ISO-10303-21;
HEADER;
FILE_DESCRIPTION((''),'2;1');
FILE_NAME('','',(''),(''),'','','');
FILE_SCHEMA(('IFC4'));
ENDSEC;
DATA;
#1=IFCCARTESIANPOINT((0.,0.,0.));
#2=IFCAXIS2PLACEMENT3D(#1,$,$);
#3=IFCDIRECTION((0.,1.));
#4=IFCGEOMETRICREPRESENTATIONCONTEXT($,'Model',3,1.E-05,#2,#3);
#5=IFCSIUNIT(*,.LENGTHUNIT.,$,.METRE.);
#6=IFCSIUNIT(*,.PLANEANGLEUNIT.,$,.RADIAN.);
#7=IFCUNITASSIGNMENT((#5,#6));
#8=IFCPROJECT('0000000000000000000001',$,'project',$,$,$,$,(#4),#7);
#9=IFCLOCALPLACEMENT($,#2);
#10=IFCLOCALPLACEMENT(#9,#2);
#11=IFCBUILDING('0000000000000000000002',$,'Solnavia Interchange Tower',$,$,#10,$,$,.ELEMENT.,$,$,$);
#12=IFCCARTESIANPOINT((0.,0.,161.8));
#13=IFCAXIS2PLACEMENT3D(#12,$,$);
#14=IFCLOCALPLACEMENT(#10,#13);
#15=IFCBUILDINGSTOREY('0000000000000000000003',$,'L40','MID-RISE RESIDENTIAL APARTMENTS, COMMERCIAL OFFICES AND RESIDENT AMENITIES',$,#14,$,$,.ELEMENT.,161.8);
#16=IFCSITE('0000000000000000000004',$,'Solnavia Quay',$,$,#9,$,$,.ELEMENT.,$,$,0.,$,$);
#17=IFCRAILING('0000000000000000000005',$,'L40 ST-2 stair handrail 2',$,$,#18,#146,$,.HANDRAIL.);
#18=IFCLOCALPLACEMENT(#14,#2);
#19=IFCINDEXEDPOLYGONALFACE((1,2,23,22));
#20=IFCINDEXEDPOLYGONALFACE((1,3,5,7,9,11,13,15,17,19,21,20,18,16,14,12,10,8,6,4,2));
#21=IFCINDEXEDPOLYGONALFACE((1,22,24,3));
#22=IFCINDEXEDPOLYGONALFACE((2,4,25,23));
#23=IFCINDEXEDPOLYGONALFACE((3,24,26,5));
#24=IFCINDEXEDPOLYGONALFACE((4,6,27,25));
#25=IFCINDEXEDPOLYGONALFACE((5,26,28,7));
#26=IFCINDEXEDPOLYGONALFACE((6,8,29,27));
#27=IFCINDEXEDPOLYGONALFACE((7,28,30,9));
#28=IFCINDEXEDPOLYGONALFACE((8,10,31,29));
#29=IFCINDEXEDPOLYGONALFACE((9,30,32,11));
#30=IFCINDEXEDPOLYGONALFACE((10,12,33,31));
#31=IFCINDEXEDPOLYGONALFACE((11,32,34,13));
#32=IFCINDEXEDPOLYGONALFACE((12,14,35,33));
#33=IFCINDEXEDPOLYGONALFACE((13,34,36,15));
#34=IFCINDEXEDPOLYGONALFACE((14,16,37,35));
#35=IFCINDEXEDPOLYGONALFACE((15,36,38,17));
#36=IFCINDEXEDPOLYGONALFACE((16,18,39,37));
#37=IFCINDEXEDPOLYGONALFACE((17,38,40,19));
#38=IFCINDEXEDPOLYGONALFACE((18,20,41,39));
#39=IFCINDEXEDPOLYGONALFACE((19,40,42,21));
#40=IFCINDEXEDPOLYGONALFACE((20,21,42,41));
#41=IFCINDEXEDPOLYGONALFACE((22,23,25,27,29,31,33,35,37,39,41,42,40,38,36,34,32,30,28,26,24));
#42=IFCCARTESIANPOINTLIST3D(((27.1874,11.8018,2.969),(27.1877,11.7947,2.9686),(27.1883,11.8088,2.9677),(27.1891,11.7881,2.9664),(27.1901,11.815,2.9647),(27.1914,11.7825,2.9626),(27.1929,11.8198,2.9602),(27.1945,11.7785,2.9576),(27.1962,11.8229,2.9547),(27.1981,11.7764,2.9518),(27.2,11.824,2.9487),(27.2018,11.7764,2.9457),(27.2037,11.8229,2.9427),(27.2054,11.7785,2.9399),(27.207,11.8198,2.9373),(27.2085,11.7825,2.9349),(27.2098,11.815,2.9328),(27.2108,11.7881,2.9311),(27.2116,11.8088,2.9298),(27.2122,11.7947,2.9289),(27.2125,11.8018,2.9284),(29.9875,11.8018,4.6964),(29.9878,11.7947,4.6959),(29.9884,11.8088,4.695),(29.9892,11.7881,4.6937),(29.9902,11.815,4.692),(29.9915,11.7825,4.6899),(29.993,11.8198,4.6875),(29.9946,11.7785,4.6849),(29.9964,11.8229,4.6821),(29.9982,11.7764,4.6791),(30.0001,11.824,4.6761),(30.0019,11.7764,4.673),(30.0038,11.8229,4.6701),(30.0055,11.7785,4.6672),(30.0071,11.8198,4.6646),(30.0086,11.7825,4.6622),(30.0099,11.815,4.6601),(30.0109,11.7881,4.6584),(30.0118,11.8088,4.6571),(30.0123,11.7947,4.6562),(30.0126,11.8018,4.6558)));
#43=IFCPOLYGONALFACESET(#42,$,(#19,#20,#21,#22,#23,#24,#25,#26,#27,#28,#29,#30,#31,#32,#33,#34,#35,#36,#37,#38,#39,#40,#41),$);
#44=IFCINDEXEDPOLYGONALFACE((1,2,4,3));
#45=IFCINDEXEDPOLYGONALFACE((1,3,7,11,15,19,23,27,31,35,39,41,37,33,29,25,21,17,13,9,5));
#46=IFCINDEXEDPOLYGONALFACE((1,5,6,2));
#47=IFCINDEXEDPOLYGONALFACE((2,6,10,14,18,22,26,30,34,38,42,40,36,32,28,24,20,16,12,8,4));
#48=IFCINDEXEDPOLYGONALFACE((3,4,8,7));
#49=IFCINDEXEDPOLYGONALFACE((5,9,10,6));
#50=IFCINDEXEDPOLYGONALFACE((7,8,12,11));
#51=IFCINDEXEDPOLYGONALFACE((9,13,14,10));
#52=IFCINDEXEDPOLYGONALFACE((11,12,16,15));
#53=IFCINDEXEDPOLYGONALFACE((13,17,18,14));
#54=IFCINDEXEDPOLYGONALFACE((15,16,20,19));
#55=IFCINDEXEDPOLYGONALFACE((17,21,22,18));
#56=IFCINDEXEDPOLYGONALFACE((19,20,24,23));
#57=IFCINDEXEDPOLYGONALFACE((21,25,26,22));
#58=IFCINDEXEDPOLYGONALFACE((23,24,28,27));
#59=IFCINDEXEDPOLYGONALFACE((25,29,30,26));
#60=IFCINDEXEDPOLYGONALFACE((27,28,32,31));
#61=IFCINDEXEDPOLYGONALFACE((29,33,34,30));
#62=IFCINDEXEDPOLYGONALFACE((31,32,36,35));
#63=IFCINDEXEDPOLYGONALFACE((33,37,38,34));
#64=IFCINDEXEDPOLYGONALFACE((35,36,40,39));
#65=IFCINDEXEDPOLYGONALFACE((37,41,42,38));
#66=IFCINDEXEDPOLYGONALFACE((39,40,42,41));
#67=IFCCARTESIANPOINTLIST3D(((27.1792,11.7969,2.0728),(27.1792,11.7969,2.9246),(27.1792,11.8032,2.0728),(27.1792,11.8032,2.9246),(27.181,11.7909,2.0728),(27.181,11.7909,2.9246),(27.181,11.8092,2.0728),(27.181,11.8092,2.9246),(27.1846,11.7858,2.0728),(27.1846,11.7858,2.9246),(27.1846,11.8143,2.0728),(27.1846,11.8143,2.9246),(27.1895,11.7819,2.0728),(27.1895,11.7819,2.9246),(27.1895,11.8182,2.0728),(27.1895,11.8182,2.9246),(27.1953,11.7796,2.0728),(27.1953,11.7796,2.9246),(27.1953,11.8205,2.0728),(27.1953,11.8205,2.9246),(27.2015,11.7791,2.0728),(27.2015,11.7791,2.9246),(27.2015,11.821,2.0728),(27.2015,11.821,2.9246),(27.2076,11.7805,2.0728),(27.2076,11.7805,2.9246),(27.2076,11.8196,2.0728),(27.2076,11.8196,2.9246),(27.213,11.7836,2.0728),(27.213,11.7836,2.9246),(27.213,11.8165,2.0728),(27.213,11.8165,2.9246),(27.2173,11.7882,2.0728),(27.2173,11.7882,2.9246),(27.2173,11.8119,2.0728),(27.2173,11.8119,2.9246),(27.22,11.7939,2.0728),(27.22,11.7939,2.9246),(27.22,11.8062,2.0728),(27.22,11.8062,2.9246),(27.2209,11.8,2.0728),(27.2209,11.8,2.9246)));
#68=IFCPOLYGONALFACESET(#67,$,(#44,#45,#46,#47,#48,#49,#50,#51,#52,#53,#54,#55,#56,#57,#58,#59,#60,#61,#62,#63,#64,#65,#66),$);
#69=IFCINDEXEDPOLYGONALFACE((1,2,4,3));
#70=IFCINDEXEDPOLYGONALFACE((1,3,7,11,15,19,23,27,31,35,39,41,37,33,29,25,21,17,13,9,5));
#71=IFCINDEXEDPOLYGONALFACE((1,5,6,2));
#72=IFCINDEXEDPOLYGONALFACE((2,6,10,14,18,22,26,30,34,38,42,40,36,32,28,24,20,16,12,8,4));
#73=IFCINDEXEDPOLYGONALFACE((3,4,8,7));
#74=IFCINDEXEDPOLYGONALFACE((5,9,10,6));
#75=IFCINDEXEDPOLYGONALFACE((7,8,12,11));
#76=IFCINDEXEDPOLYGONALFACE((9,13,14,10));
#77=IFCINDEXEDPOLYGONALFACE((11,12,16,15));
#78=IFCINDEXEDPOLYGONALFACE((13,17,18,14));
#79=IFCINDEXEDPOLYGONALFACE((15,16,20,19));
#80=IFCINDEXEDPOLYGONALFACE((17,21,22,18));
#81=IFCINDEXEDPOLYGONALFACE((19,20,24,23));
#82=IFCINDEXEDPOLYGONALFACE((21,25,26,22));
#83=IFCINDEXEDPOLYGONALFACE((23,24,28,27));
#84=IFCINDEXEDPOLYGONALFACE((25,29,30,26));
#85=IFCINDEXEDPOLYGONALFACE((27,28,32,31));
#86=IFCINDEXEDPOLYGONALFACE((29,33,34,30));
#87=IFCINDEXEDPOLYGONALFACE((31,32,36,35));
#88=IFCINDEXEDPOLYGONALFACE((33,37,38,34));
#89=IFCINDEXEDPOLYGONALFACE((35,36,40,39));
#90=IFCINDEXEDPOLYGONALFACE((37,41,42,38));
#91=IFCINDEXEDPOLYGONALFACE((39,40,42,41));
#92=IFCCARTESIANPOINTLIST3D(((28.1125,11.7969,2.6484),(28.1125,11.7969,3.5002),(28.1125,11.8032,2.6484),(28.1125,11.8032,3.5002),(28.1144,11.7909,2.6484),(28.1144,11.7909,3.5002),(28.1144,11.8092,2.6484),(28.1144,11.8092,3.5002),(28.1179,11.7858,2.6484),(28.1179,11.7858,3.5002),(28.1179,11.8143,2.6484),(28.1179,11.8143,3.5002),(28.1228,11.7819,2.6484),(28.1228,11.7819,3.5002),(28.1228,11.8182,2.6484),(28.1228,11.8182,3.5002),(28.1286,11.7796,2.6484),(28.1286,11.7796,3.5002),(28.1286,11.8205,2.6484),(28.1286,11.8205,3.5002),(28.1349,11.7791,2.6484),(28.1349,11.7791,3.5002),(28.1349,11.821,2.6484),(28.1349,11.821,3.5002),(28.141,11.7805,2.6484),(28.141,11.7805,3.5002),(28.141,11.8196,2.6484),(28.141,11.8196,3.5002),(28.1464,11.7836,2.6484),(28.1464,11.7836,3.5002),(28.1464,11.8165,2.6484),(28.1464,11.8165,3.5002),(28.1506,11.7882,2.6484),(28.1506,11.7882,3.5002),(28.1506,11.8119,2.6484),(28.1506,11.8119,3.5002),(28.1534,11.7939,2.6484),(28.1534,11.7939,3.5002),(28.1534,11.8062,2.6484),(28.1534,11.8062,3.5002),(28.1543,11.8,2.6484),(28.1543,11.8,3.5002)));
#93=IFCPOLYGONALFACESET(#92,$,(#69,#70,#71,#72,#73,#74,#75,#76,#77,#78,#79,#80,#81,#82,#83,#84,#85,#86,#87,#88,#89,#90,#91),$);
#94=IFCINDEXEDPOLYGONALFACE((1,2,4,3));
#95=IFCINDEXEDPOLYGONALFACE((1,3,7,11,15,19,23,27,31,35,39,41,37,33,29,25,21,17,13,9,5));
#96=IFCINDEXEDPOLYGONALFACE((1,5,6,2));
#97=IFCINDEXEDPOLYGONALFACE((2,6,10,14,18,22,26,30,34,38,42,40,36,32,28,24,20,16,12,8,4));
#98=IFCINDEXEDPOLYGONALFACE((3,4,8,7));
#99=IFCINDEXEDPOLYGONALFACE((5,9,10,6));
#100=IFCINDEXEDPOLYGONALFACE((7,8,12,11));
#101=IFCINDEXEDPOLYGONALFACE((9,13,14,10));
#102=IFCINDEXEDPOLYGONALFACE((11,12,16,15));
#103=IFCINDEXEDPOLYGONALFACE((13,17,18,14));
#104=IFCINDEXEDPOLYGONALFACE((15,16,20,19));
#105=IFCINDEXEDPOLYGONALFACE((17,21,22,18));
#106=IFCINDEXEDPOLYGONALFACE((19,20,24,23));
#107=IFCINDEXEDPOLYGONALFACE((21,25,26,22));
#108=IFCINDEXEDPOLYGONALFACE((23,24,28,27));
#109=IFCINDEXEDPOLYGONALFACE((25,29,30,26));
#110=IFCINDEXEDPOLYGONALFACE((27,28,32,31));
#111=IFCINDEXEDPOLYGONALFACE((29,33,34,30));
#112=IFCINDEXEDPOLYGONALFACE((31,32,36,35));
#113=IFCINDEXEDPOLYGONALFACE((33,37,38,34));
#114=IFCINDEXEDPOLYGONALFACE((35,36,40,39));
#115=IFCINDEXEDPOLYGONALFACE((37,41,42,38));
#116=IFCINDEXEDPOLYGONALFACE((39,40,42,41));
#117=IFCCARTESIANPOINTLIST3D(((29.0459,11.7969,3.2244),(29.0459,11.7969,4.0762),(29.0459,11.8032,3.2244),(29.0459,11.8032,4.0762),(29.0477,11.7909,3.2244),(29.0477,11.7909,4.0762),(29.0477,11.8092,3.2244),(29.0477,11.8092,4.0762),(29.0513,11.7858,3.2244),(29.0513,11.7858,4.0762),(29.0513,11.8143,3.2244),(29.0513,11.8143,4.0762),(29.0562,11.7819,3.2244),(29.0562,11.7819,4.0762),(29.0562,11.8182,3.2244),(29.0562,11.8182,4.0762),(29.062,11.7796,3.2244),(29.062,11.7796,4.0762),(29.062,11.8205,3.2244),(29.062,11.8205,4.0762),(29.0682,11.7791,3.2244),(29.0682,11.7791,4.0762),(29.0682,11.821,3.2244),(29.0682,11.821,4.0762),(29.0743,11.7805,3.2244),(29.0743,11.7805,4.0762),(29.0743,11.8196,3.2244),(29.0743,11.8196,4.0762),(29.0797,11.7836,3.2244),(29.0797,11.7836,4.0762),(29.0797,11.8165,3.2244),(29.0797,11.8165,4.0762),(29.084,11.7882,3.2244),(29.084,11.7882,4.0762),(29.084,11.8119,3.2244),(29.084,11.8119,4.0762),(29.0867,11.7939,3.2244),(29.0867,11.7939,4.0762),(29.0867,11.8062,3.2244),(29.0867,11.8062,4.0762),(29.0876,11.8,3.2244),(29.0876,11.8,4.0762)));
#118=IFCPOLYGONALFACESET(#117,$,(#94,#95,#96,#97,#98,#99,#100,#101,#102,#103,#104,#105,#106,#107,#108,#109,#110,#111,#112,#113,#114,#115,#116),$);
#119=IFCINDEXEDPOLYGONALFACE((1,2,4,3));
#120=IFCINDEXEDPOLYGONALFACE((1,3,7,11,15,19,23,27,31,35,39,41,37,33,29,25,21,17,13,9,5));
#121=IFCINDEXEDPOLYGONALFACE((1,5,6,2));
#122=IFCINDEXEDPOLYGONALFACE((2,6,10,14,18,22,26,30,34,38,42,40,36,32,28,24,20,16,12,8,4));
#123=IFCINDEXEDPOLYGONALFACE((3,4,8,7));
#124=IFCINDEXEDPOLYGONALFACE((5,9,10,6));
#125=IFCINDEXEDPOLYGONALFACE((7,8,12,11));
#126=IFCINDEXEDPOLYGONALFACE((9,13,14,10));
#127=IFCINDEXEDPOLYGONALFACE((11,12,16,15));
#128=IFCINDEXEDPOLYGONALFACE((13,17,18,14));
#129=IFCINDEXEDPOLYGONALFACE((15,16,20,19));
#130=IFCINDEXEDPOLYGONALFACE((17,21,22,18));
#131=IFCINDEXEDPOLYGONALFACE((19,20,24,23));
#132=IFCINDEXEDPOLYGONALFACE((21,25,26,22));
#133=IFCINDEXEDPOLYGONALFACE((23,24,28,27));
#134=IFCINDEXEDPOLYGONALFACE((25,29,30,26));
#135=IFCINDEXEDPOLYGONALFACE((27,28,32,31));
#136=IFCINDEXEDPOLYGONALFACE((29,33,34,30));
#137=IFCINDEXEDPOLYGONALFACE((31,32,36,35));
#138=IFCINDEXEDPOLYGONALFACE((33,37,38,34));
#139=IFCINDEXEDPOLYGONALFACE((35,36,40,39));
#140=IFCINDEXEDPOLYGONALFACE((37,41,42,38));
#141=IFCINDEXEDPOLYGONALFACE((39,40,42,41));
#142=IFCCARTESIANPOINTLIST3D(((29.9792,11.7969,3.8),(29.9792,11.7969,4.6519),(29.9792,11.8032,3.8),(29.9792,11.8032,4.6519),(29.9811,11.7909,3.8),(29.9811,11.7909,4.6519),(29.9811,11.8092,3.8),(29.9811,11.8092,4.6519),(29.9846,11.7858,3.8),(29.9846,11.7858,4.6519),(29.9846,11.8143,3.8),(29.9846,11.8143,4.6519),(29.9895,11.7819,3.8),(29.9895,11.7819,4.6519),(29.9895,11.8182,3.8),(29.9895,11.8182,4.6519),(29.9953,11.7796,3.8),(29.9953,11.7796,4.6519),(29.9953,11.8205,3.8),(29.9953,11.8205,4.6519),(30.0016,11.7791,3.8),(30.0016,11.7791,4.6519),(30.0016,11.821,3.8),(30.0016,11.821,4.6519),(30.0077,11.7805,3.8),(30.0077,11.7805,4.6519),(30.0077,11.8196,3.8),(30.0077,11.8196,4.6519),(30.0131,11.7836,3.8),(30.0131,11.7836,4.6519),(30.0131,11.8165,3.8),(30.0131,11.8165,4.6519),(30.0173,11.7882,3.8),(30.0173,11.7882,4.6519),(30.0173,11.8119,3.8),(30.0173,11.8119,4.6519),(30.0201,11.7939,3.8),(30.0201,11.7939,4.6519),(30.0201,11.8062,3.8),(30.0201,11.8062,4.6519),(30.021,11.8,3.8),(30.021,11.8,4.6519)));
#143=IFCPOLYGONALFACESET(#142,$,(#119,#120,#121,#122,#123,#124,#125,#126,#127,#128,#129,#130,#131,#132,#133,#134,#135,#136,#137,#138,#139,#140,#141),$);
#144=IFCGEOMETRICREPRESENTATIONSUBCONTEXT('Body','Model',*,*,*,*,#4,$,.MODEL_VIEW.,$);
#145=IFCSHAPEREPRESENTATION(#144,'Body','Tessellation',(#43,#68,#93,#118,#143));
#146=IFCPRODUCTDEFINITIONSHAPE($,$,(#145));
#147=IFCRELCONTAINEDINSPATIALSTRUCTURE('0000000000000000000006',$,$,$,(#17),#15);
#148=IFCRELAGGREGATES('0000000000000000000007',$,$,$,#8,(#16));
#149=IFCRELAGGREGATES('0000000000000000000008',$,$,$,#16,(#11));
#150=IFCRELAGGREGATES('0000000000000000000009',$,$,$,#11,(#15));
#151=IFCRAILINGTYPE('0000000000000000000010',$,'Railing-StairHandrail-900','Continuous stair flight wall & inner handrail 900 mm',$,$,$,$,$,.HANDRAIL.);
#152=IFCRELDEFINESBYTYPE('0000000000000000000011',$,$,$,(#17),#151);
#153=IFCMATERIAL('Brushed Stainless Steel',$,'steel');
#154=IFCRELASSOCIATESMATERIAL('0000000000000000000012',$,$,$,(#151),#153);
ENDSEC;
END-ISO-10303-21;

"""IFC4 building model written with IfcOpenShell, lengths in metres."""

from ifc_helpers import new_model, si_unit, direction, frame, origin, origin_2d, place, context, subcontext, project, spatial, circle, extrude, material, type_object, element, save


model = new_model("IFC4")

# Units and contexts
model_context = context("Model", 3, precision=1e-05, world=origin(), true_north=direction((0.0, 1.0)))
body_context = subcontext(model_context, "Body", "Model", "MODEL_VIEW")
ifc_project = project(units=[si_unit("LENGTHUNIT", "METRE"), si_unit("PLANEANGLEUNIT", "RADIAN")], contexts=[model_context])

# Site, building, storey
site_placement = place(None, origin())
site = spatial("IfcSite", under=ifc_project, at=site_placement, Name="Solnavia Quay", CompositionType="ELEMENT", RefElevation=0.0)
building_placement = place(site_placement, origin())
building = spatial("IfcBuilding", under=site, at=building_placement, Name="Solnavia Interchange Tower", CompositionType="ELEMENT")
storey_placement = place(building_placement, frame((0.0, 0.0, 161.8)))
storey = spatial("IfcBuildingStorey", under=building, at=storey_placement, Name="L40", Description="MID-RISE RESIDENTIAL APARTMENTS, COMMERCIAL OFFICES AND RESIDENT AMENITIES", CompositionType="ELEMENT", Elevation=161.8)

# Railing
ifc_material_1 = material(Name="Brushed Stainless Steel", Category="steel")
railing_type_1 = type_object("IfcRailingType", Name="Railing-StairHandrail-900", Description="Continuous stair flight wall & inner handrail 900 mm", PredefinedType="HANDRAIL", material=ifc_material_1)
railing_1_placement = place(storey_placement, frame((27.2, 11.8, 2.0728)))
element("IfcRailing", 1, at=railing_1_placement, inside=storey, type_object=railing_type_1, Name="L40 ST-2 stair handrail 2", PredefinedType="HANDRAIL", context=body_context, shape_type="SweptSolid", body=[
    extrude(circle(Radius=0.0239, at=origin_2d()), frame((0.0, 0.0, 0.876), z_axis=(0.85109, 0.0, 0.52502), x_axis=(0.0, 1.0, 0.0)), (0.0, 0.0, 1.0), 3.29),
    extrude(circle(Radius=0.021, at=origin_2d()), origin(), (0.0, 0.0, 1.0), 0.8518),
    extrude(circle(Radius=0.021, at=origin_2d()), frame((0.9333, 0.0, 0.5757)), (0.0, 0.0, 1.0), 0.8518),
    extrude(circle(Radius=0.021, at=origin_2d()), frame((1.8667, 0.0, 1.1516)), (0.0, 0.0, 1.0), 0.8518),
    extrude(circle(Radius=0.021, at=origin_2d()), frame((2.8, 0.0, 1.7273)), (0.0, 0.0, 1.0), 0.8518),
])

save(model, "model.ifc")
